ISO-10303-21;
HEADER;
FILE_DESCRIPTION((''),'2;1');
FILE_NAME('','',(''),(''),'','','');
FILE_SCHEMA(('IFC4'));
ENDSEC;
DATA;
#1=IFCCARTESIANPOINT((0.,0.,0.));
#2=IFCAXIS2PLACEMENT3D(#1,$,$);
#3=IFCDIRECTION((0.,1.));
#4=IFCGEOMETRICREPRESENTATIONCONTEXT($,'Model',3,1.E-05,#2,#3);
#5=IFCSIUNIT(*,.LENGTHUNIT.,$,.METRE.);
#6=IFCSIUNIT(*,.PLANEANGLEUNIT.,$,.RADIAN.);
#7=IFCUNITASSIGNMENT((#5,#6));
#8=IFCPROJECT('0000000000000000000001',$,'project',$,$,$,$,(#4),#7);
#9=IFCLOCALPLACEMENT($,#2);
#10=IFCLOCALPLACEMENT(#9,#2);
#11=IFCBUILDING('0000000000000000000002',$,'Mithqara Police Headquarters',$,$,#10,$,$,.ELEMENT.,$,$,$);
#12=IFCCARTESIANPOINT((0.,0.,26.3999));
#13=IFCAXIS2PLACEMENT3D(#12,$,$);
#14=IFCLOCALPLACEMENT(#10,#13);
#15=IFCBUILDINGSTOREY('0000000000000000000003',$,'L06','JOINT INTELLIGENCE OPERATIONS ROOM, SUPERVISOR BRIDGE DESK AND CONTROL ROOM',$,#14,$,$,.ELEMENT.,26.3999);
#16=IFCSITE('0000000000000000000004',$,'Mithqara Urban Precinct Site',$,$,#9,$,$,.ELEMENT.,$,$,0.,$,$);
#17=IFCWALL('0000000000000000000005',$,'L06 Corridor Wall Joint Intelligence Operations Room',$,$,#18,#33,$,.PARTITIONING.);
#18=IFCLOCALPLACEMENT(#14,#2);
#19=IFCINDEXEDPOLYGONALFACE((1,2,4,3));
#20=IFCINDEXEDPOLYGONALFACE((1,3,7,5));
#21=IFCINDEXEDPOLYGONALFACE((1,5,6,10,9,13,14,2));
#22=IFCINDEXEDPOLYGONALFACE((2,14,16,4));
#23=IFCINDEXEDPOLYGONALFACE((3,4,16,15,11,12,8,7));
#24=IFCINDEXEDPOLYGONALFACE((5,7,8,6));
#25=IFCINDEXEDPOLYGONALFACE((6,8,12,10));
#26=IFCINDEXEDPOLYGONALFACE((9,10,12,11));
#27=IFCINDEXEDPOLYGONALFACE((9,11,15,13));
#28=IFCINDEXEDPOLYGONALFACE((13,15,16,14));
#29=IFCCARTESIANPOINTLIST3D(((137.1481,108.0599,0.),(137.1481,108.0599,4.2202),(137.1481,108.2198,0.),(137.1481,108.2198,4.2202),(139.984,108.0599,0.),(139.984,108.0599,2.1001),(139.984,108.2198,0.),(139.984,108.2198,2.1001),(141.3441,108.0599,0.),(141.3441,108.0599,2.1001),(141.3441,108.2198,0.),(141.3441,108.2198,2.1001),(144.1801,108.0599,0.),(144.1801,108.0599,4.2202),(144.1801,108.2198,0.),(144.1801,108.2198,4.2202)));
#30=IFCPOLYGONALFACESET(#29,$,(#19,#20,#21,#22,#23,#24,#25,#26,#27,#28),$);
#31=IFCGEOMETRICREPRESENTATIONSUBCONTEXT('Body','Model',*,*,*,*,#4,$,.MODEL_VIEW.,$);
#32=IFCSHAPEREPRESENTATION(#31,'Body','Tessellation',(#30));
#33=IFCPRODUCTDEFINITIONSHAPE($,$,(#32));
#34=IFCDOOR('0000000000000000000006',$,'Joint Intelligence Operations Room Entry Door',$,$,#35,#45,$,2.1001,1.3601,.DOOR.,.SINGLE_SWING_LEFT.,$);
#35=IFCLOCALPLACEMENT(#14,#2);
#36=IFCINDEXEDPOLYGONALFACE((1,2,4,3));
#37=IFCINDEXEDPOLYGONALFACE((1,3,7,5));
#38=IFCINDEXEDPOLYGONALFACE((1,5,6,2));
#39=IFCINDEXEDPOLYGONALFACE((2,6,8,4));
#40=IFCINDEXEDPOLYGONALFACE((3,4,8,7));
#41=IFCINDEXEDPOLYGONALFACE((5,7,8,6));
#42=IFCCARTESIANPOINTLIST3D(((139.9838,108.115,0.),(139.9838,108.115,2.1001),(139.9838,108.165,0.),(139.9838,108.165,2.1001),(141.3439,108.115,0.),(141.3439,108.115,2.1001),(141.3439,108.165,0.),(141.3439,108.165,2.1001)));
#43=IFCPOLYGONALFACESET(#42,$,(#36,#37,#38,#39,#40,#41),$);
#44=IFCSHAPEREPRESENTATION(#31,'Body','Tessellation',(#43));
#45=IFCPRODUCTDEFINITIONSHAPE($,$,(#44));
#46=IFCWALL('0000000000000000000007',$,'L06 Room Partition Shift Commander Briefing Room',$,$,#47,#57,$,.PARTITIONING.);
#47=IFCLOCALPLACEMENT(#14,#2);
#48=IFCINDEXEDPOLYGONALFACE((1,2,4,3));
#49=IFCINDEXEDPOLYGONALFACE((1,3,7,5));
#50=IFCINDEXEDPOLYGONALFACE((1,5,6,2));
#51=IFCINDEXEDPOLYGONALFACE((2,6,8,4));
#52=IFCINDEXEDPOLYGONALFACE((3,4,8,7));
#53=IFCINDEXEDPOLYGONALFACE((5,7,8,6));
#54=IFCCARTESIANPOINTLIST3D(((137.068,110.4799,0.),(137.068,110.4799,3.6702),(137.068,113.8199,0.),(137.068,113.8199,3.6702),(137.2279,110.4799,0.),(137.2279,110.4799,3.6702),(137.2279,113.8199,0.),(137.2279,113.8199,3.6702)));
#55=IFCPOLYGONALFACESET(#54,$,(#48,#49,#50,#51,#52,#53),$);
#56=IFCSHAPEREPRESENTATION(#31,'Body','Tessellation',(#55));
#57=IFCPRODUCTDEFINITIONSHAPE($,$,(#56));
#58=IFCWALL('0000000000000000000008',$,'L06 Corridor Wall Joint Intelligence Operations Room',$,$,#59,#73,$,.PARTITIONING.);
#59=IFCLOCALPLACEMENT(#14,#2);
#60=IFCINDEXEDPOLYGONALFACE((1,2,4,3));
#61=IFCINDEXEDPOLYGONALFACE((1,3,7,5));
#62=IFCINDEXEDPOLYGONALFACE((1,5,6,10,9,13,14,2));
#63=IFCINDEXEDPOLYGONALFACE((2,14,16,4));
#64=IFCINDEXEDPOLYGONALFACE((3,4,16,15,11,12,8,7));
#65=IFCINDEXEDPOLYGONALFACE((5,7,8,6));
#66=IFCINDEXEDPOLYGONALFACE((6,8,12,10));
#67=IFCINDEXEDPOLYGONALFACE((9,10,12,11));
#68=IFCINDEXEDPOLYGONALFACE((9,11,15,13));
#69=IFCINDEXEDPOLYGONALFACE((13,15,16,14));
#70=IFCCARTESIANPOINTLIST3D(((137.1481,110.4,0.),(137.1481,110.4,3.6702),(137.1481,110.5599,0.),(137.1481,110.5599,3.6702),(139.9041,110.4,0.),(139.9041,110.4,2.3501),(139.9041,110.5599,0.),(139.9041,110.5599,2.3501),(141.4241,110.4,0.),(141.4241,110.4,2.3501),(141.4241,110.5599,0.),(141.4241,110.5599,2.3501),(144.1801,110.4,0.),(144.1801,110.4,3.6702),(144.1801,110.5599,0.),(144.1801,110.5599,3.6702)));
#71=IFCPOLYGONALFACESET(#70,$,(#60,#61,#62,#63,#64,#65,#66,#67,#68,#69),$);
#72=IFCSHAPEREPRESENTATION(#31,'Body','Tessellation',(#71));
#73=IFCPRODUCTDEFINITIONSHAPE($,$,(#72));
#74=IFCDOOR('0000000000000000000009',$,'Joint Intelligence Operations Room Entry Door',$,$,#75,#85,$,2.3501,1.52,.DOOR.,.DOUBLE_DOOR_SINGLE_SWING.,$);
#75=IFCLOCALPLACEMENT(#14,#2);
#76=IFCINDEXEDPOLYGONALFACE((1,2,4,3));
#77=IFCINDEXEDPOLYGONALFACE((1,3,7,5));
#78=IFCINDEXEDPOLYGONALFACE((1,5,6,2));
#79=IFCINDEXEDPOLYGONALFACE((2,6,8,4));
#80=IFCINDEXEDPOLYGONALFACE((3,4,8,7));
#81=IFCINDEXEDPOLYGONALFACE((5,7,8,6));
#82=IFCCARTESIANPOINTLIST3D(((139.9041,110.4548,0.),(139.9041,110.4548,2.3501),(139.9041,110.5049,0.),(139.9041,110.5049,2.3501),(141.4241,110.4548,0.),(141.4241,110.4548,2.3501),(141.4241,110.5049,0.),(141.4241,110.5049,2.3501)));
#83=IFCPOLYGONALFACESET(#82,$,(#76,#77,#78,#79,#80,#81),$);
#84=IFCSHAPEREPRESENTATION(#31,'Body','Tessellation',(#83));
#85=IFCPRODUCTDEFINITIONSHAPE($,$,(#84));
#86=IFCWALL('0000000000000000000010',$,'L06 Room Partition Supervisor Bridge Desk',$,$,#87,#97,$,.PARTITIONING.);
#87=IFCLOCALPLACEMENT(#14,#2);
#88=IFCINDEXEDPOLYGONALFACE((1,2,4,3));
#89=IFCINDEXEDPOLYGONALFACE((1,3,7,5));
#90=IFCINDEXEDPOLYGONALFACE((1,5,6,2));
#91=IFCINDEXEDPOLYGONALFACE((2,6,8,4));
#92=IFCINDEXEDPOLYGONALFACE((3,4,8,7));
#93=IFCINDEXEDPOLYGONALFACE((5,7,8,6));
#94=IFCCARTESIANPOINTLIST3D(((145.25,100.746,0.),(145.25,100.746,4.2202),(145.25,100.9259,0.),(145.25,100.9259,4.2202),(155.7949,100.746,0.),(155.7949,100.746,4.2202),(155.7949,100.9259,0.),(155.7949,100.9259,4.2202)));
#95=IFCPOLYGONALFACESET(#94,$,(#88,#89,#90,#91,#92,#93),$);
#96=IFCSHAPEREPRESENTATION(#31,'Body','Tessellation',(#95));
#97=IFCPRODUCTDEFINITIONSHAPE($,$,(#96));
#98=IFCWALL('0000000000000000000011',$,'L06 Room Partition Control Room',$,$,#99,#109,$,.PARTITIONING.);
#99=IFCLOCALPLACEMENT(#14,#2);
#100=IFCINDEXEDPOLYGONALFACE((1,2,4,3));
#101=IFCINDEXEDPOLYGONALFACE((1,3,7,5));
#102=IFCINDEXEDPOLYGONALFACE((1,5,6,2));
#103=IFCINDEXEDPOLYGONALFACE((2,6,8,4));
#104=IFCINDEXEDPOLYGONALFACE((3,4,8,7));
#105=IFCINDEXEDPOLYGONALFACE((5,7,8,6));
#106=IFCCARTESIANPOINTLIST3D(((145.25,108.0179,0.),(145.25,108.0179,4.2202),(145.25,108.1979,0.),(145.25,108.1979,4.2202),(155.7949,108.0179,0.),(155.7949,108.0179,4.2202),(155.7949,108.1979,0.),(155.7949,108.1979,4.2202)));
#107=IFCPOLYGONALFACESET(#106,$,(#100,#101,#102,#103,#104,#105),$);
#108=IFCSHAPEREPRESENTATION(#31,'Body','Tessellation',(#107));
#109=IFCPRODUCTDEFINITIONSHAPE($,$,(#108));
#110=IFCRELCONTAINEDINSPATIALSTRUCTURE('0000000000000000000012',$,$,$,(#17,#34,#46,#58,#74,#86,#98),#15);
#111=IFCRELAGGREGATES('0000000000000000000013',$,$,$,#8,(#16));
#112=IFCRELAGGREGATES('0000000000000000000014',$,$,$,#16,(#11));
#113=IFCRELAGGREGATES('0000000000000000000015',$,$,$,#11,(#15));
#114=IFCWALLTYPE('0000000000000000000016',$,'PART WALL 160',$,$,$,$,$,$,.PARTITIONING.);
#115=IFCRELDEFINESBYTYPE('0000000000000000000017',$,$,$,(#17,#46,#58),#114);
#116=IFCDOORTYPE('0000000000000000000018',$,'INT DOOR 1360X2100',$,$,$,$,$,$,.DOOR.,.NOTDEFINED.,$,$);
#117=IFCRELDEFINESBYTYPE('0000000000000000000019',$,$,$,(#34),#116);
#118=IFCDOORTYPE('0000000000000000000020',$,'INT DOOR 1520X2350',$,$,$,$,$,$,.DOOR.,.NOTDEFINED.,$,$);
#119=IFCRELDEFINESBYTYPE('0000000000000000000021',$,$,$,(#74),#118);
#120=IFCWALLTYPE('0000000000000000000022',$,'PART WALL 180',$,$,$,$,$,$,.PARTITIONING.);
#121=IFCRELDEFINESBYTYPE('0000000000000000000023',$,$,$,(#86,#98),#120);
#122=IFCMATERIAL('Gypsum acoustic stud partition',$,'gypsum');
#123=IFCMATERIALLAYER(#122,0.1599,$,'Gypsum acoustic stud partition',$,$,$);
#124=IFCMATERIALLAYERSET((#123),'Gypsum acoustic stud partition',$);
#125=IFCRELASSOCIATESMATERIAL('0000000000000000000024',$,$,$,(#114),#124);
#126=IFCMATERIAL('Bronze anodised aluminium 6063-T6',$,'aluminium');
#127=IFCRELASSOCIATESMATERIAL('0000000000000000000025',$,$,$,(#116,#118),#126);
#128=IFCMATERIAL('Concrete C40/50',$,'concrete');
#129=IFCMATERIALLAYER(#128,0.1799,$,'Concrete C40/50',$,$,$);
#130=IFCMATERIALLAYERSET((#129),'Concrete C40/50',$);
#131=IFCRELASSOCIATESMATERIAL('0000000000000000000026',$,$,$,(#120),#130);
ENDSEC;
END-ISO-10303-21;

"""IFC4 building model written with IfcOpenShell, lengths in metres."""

from ifc_helpers import new_model, si_unit, direction, frame, frame_2d, origin, place, context, subcontext, project, spatial, rectangle, extrude, material, layer, layer_set, type_object, element, fill, save


model = new_model("IFC4")

# Units and contexts
model_context = context("Model", 3, precision=1e-05, world=origin(), true_north=direction((0.0, 1.0)))
body_context = subcontext(model_context, "Body", "Model", "MODEL_VIEW")
ifc_project = project(units=[si_unit("LENGTHUNIT", "METRE"), si_unit("PLANEANGLEUNIT", "RADIAN")], contexts=[model_context])

# Site, building, storey
site_placement = place(None, origin())
site = spatial("IfcSite", under=ifc_project, at=site_placement, Name="Mithqara Urban Precinct Site", CompositionType="ELEMENT", RefElevation=0.0)
building_placement = place(site_placement, origin())
building = spatial("IfcBuilding", under=site, at=building_placement, Name="Mithqara Police Headquarters", CompositionType="ELEMENT")
storey_placement = place(building_placement, frame((0.0, 0.0, 26.3999)))
storey = spatial("IfcBuildingStorey", under=building, at=storey_placement, Name="L06", Description="JOINT INTELLIGENCE OPERATIONS ROOM, SUPERVISOR BRIDGE DESK AND CONTROL ROOM", CompositionType="ELEMENT", Elevation=26.3999)

# Shared definitions
ifc_material_1 = material(Name="Concrete C40/50", Category="concrete")

# Shared definitions
ifc_material_2 = material(Name="Gypsum acoustic stud partition", Category="gypsum")
ifc_layer_1 = layer(ifc_material_2, 0.1599, Name="Gypsum acoustic stud partition")
ifc_layer_set_1 = layer_set([ifc_layer_1], Name="Gypsum acoustic stud partition")
wall_type_1 = type_object("IfcWallType", Name="PART WALL 160", PredefinedType="PARTITIONING", material=ifc_layer_set_1)

# Wall, opening, door
wall_1_placement = place(storey_placement, frame((137.1479, 108.1399, 0.0), z_axis=(0.0, 0.0, 1.0), x_axis=(1.0, 0.0, 0.0)))
wall_1 = element("IfcWall", 1, at=wall_1_placement, inside=storey, type_object=wall_type_1, Name="L06 Corridor Wall Joint Intelligence Operations Room", PredefinedType="PARTITIONING", context=body_context, shape_type="SweptSolid", body=[
    extrude(rectangle(XDim=7.032, YDim=0.1599, at=frame_2d((3.5161, 0.0))), origin(), (0.0, 0.0, 1.0), 4.2202),
])
opening_1_placement = place(wall_1_placement, frame((2.8359, 0.0, 0.0)))
opening_1 = element("IfcOpeningElement", 2, at=opening_1_placement, cuts=wall_1, PredefinedType="OPENING", context=body_context, shape_type="SweptSolid", body=[
    extrude(rectangle(XDim=1.3601, YDim=2.1001, at=frame_2d((0.6802, 1.05))), frame((0.0, 0.0898, 0.0), z_axis=(0.0, -1.0, 0.0), x_axis=(1.0, 0.0, 0.0)), (0.0, 0.0, 1.0), 0.1799),
])
ifc_material_3 = material(Name="Bronze anodised aluminium 6063-T6", Category="aluminium")
door_type_1 = type_object("IfcDoorType", Name="INT DOOR 1360X2100", OperationType="NOTDEFINED", PredefinedType="DOOR", material=ifc_material_3)
door_1_placement = place(opening_1_placement, frame((1.3601, 0.0, 0.0), z_axis=(0.0, 0.0, 1.0), x_axis=(-1.0, 0.0, 0.0)))
door_1 = element("IfcDoor", 3, at=door_1_placement, inside=storey, type_object=door_type_1, Name="Joint Intelligence Operations Room Entry Door", OperationType="SINGLE_SWING_LEFT", OverallHeight=2.1001, OverallWidth=1.3601, PredefinedType="DOOR", context=body_context, shape_type="SweptSolid", body=[
    extrude(rectangle(XDim=1.3601, YDim=2.1001, at=frame_2d((0.6802, 1.05))), frame((0.0, 0.0249, 0.0), z_axis=(0.0, -1.0, 0.0), x_axis=(1.0, 0.0, 0.0)), (0.0, 0.0, 1.0), 0.05),
])
fill(opening_1, door_1)

# Wall
wall_2_placement = place(storey_placement, frame((137.1479, 110.48, 0.0), z_axis=(0.0, 0.0, 1.0), x_axis=(0.0, 1.0, 0.0)))
element("IfcWall", 4, at=wall_2_placement, inside=storey, type_object=wall_type_1, Name="L06 Room Partition Shift Commander Briefing Room", PredefinedType="PARTITIONING", context=body_context, shape_type="SweptSolid", body=[
    extrude(rectangle(XDim=3.3401, YDim=0.1599, at=frame_2d((1.6699, 0.0))), origin(), (0.0, 0.0, 1.0), 3.6702),
])

# Wall, opening, door
wall_3_placement = place(storey_placement, frame((137.1479, 110.48, 0.0), z_axis=(0.0, 0.0, 1.0), x_axis=(1.0, 0.0, 0.0)))
wall_3 = element("IfcWall", 5, at=wall_3_placement, inside=storey, type_object=wall_type_1, Name="L06 Corridor Wall Joint Intelligence Operations Room", PredefinedType="PARTITIONING", context=body_context, shape_type="SweptSolid", body=[
    extrude(rectangle(XDim=7.032, YDim=0.1599, at=frame_2d((3.5161, 0.0))), origin(), (0.0, 0.0, 1.0), 3.6702),
])
opening_2_placement = place(wall_3_placement, frame((2.7561, 0.0, 0.0)))
opening_2 = element("IfcOpeningElement", 6, at=opening_2_placement, cuts=wall_3, PredefinedType="OPENING", context=body_context, shape_type="SweptSolid", body=[
    extrude(rectangle(XDim=1.52, YDim=2.3501, at=frame_2d((0.76, 1.175))), frame((0.0, 0.0898, 0.0), z_axis=(0.0, -1.0, 0.0), x_axis=(1.0, 0.0, 0.0)), (0.0, 0.0, 1.0), 0.1799),
])
door_type_2 = type_object("IfcDoorType", Name="INT DOOR 1520X2350", OperationType="NOTDEFINED", PredefinedType="DOOR", material=ifc_material_3)
door_2_placement = place(opening_2_placement, origin())
door_2 = element("IfcDoor", 7, at=door_2_placement, inside=storey, type_object=door_type_2, Name="Joint Intelligence Operations Room Entry Door", OperationType="DOUBLE_DOOR_SINGLE_SWING", OverallHeight=2.3501, OverallWidth=1.52, PredefinedType="DOOR", context=body_context, shape_type="SweptSolid", body=[
    extrude(rectangle(XDim=1.52, YDim=2.3501, at=frame_2d((0.76, 1.175))), frame((0.0, 0.0249, 0.0), z_axis=(0.0, -1.0, 0.0), x_axis=(1.0, 0.0, 0.0)), (0.0, 0.0, 1.0), 0.05),
])
fill(opening_2, door_2)

# Walls
ifc_layer_2 = layer(ifc_material_1, 0.1799, Name="Concrete C40/50")
ifc_layer_set_2 = layer_set([ifc_layer_2], Name="Concrete C40/50")
wall_type_2 = type_object("IfcWallType", Name="PART WALL 180", PredefinedType="PARTITIONING", material=ifc_layer_set_2)
for number, where, z_axis, x_axis, name in (
    (8, (145.25, 100.8359, 0.0), (0.0, 0.0, 1.0), (1.0, 0.0, 0.0), "L06 Room Partition Supervisor Bridge Desk"),
    (9, (145.25, 108.1079, 0.0), (0.0, 0.0, 1.0), (1.0, 0.0, 0.0), "L06 Room Partition Control Room"),
):
    element("IfcWall", number, at=place(storey_placement, frame(where, z_axis=z_axis, x_axis=x_axis)), inside=storey, type_object=wall_type_2, Name=name, PredefinedType="PARTITIONING", context=body_context, shape_type="SweptSolid", body=[
        extrude(rectangle(XDim=10.5449, YDim=0.1799, at=frame_2d((5.2725, 0.0))), origin(), (0.0, 0.0, 1.0), 4.2202),
    ])

save(model, "model.ifc")
